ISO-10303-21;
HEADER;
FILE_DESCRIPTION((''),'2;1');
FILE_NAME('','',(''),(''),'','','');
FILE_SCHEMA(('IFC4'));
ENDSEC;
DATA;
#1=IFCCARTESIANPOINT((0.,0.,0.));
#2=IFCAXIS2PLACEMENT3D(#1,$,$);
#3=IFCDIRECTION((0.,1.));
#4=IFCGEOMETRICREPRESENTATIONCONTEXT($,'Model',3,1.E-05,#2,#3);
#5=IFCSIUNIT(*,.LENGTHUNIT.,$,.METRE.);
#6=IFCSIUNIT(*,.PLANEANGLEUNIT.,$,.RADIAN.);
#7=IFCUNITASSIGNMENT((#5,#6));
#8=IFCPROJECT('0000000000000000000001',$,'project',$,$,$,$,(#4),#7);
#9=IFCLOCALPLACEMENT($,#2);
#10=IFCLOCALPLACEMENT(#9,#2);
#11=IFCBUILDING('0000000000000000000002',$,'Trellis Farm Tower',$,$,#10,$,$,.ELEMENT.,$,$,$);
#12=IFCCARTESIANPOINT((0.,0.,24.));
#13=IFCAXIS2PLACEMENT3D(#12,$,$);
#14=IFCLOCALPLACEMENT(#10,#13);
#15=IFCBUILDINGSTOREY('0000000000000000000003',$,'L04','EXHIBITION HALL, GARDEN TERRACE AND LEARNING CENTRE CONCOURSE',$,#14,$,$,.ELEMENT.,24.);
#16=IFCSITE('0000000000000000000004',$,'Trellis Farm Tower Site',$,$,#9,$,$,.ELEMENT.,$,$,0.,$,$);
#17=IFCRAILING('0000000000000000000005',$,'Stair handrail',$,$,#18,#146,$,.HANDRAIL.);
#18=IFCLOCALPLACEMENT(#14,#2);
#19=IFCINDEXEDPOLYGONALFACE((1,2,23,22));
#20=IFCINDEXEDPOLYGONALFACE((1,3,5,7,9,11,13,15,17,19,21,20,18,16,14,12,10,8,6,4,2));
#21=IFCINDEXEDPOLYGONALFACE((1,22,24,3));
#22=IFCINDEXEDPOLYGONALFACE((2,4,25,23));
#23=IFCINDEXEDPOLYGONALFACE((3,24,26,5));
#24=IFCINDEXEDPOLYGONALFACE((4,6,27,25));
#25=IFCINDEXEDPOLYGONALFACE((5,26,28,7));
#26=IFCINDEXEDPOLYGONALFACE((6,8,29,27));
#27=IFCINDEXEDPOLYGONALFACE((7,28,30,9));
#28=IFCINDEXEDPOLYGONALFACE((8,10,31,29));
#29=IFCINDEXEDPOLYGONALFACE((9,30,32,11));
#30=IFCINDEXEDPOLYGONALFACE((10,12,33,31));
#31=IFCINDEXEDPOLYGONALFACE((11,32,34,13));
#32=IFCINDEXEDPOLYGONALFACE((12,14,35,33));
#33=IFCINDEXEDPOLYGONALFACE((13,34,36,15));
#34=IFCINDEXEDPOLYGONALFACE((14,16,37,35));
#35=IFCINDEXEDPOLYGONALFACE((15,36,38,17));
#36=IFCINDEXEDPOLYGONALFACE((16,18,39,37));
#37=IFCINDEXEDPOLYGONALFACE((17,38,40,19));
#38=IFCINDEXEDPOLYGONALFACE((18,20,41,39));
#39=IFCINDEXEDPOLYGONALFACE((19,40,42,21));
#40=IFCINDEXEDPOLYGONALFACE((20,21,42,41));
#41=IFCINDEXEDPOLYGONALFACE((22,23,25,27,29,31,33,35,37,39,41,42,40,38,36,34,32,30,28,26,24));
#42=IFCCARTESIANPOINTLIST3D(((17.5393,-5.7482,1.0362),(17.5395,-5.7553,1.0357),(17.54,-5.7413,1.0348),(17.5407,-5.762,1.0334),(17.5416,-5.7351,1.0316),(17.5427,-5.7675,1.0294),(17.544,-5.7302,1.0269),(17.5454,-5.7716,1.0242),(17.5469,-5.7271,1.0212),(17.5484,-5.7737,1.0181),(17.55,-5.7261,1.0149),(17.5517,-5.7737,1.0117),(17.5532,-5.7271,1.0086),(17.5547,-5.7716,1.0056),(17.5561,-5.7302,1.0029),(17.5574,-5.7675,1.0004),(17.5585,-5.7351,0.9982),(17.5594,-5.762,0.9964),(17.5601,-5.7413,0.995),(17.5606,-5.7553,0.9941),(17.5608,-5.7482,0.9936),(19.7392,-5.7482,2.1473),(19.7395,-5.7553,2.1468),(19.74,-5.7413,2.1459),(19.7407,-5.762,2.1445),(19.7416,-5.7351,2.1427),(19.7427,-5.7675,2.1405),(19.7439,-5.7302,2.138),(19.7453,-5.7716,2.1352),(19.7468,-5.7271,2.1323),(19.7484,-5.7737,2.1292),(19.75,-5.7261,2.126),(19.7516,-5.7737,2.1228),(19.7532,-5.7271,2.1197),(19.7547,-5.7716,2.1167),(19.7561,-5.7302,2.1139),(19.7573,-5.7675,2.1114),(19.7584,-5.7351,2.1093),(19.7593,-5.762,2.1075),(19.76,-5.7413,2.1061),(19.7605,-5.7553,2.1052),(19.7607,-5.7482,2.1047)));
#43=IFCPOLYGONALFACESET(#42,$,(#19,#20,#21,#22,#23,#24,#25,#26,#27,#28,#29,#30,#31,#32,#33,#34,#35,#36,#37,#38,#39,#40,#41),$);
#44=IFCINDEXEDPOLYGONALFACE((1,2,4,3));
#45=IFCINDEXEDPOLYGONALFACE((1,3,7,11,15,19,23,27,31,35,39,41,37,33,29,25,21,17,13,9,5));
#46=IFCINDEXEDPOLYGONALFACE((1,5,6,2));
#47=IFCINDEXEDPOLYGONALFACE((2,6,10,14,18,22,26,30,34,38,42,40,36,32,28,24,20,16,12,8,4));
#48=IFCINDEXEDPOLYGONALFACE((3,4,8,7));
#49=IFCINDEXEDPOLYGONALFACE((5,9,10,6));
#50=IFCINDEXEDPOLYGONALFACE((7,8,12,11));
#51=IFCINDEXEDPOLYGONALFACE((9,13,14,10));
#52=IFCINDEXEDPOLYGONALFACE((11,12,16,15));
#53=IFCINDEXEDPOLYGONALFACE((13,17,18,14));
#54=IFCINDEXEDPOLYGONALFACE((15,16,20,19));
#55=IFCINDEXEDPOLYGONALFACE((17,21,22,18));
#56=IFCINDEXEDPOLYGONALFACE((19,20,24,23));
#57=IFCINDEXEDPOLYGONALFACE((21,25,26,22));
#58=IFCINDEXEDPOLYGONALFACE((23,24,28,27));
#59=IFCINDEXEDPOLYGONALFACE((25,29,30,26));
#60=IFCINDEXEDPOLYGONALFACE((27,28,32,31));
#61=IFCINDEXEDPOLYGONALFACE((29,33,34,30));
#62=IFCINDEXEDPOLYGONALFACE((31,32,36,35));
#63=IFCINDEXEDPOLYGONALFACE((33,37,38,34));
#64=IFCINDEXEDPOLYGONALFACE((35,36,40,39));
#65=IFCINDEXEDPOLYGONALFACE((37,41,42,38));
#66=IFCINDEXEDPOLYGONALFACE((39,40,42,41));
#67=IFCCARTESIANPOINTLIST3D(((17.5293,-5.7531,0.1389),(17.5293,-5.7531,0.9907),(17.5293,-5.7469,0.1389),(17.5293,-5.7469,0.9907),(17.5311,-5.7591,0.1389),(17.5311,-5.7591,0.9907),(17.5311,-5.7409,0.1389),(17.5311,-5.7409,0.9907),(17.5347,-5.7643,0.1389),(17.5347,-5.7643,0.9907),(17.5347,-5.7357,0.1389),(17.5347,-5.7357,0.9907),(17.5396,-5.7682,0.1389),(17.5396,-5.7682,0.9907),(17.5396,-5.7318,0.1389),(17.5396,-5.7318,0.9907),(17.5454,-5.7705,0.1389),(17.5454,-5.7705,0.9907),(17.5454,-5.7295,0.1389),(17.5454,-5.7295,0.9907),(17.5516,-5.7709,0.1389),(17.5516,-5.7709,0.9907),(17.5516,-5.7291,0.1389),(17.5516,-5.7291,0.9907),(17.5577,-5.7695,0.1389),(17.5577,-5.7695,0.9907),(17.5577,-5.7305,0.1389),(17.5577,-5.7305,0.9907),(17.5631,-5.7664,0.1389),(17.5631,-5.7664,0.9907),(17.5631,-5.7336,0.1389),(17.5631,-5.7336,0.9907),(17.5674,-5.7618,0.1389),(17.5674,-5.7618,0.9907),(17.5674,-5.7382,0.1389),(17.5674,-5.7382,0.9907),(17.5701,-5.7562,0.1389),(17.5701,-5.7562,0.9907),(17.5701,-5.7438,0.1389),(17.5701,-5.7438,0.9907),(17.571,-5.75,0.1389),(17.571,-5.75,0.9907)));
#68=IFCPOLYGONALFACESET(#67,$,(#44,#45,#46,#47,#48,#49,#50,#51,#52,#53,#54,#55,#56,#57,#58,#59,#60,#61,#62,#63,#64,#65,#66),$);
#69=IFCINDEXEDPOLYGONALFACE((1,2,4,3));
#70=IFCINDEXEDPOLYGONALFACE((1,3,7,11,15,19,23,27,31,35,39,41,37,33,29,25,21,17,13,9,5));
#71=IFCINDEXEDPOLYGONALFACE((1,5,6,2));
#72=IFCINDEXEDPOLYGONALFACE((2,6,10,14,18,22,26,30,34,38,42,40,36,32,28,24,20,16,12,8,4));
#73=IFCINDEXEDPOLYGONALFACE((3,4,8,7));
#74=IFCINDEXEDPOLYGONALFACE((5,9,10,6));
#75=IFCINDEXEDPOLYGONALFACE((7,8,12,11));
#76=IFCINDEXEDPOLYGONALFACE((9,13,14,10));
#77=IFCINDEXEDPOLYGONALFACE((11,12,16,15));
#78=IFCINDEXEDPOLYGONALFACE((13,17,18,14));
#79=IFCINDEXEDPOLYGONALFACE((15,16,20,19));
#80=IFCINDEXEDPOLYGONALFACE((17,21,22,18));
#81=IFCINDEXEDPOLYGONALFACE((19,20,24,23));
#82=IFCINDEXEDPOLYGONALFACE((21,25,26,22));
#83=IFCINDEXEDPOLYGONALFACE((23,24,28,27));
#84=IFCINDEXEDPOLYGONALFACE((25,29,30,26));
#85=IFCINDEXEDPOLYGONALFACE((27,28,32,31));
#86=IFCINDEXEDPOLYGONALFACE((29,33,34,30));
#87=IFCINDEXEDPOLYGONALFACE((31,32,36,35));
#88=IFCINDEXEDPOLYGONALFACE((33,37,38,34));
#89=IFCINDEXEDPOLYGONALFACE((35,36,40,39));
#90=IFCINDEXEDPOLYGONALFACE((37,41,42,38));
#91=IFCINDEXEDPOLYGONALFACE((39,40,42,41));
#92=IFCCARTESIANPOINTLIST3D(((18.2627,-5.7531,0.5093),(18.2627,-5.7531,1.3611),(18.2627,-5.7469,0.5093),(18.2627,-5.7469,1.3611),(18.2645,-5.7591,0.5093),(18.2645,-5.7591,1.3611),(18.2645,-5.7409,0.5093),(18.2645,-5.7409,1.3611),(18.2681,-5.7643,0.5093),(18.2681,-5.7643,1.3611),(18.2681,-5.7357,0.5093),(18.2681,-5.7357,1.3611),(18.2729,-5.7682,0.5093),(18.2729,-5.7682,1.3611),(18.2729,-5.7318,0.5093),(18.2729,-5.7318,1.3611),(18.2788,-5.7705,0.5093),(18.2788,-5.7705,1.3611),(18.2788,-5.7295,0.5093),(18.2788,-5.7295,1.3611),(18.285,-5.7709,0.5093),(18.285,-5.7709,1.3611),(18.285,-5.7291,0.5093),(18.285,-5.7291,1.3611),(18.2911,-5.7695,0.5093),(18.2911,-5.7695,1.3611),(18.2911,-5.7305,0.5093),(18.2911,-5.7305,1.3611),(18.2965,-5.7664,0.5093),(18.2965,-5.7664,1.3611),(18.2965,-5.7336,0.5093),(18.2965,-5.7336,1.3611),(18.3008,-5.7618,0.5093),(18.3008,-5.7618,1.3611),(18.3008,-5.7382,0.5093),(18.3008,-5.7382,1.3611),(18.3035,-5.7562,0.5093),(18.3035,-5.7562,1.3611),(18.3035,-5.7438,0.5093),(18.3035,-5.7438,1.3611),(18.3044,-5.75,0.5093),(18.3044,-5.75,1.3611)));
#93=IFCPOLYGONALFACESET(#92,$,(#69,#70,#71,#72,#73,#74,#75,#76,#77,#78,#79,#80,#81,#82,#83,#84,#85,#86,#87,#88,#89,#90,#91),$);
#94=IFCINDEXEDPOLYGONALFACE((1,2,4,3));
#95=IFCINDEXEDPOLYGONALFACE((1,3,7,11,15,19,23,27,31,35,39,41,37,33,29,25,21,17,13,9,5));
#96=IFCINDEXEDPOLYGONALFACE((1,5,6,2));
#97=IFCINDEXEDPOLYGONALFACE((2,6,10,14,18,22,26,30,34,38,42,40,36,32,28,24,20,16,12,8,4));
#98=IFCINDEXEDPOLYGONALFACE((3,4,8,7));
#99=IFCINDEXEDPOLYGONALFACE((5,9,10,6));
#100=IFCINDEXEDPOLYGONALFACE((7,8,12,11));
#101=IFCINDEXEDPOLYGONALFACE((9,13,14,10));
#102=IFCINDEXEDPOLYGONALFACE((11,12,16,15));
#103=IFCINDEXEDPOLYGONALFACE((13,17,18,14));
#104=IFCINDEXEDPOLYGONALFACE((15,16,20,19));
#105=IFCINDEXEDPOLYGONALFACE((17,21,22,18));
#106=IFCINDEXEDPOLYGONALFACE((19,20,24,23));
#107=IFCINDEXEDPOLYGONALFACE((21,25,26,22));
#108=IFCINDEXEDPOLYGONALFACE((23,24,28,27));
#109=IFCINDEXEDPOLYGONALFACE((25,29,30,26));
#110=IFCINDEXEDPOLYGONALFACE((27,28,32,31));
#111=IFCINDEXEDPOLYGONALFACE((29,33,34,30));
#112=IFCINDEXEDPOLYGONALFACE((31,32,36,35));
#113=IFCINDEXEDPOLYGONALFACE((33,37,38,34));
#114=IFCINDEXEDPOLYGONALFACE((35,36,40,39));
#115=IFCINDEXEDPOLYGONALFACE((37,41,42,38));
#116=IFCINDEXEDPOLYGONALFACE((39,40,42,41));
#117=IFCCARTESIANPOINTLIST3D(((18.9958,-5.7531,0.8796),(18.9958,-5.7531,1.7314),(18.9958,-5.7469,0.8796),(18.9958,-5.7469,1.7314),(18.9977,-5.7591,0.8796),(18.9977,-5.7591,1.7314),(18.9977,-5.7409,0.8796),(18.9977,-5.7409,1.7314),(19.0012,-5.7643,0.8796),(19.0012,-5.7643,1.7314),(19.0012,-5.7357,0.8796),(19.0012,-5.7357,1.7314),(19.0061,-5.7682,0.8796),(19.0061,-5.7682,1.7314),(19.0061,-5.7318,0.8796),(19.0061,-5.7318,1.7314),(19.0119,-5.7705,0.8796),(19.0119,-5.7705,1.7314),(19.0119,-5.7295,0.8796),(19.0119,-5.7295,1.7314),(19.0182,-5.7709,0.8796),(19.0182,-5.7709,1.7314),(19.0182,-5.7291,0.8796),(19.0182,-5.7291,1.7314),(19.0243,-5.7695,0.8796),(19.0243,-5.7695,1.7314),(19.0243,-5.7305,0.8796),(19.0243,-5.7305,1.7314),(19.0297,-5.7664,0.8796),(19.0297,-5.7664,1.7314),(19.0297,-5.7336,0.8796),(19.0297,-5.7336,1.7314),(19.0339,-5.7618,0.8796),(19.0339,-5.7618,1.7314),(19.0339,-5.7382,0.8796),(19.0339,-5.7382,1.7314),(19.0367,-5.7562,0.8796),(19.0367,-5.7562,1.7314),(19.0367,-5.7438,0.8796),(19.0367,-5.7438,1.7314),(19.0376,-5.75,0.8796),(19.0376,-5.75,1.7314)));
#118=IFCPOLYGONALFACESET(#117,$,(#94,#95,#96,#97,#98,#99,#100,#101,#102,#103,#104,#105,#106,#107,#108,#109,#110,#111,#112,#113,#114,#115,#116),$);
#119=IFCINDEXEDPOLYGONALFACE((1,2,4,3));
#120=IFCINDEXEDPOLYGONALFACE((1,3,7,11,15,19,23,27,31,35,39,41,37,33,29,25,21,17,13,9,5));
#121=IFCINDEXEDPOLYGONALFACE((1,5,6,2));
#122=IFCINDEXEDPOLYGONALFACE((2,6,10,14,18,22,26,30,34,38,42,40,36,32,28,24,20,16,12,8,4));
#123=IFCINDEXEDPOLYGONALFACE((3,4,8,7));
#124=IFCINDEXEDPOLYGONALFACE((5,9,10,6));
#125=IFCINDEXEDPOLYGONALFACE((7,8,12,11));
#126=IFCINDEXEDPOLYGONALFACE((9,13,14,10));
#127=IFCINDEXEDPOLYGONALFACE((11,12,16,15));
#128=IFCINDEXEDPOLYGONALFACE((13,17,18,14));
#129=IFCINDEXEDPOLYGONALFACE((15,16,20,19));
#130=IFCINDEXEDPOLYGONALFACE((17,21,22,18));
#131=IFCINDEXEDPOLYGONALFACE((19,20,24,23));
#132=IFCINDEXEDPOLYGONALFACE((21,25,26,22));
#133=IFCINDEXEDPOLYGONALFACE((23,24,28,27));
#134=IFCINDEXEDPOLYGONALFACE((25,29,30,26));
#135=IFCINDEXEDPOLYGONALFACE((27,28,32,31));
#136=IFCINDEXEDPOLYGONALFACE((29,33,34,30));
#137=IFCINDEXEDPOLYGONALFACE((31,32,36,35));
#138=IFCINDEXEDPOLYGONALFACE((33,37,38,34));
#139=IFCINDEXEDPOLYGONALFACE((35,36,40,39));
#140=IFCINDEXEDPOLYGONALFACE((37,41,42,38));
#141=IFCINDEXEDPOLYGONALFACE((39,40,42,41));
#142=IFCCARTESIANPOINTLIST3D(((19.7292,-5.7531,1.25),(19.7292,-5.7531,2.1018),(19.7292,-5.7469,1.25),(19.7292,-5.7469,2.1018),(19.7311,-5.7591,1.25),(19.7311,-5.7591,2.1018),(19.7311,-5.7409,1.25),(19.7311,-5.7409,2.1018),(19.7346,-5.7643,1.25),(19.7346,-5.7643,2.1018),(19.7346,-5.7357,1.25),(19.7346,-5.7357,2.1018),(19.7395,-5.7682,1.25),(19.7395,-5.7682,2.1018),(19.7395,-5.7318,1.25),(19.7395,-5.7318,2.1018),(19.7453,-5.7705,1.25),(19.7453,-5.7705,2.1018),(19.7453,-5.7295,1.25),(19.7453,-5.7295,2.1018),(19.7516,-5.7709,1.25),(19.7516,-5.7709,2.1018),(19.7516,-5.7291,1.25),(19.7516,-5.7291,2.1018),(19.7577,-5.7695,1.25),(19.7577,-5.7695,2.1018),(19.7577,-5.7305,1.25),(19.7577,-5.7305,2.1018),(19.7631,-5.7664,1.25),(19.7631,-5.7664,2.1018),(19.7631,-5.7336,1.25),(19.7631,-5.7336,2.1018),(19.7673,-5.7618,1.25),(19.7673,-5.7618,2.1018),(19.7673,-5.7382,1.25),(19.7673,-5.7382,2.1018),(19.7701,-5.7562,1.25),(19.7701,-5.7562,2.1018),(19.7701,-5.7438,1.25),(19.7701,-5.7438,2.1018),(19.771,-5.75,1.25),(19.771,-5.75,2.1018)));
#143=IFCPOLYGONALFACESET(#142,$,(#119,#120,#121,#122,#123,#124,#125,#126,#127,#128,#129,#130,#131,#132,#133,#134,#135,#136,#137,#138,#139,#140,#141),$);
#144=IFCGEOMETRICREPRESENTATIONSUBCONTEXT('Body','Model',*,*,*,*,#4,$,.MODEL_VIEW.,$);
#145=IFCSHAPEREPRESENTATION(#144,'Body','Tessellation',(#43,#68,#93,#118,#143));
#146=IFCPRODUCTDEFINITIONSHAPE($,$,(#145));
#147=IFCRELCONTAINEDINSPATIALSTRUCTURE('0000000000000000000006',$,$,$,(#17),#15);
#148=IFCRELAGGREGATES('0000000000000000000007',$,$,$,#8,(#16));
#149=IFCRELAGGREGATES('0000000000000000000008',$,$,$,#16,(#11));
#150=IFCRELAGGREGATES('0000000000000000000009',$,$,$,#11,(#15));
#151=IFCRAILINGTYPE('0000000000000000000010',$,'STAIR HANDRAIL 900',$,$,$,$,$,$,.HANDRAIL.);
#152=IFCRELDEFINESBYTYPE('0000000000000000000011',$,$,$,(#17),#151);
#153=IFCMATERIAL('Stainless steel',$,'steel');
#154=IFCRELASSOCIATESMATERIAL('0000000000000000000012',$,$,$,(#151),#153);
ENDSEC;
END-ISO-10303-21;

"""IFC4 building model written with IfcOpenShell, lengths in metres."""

from ifc_helpers import new_model, si_unit, direction, frame, origin, origin_2d, place, context, subcontext, project, spatial, circle, extrude, source, transform, mapped, material, type_object, element, save


model = new_model("IFC4")

# Units and contexts
model_context = context("Model", 3, precision=1e-05, world=origin(), true_north=direction((0.0, 1.0)))
body_context = subcontext(model_context, "Body", "Model", "MODEL_VIEW")
ifc_project = project(units=[si_unit("LENGTHUNIT", "METRE"), si_unit("PLANEANGLEUNIT", "RADIAN")], contexts=[model_context])

# Site, building, storey
site_placement = place(None, origin())
site = spatial("IfcSite", under=ifc_project, at=site_placement, Name="Trellis Farm Tower Site", CompositionType="ELEMENT", RefElevation=0.0)
building_placement = place(site_placement, origin())
building = spatial("IfcBuilding", under=site, at=building_placement, Name="Trellis Farm Tower", CompositionType="ELEMENT")
storey_placement = place(building_placement, frame((0.0, 0.0, 24.0)))
storey = spatial("IfcBuildingStorey", under=building, at=storey_placement, Name="L04", Description="EXHIBITION HALL, GARDEN TERRACE AND LEARNING CENTRE CONCOURSE", CompositionType="ELEMENT", Elevation=24.0)

# Railing
ifc_material_1 = material(Name="Stainless steel", Category="steel")
railing_type = type_object("IfcRailingType", Name="STAIR HANDRAIL 900", PredefinedType="HANDRAIL", material=ifc_material_1)
shared_shape_1 = source(origin(), body_context, "Body", "SweptSolid", [
    extrude(circle(Radius=0.0239, at=origin_2d()), frame((0.0, 0.0, 0.876), z_axis=(0.892617, 0.0, 0.450816), x_axis=(0.0, 1.0, 0.0)), (0.0, 0.0, 1.0), 2.4646),
    extrude(circle(Radius=0.021, at=origin_2d()), origin(), (0.0, 0.0, 1.0), 0.8518),
    extrude(circle(Radius=0.021, at=origin_2d()), frame((0.7334, 0.0, 0.3704)), (0.0, 0.0, 1.0), 0.8518),
    extrude(circle(Radius=0.021, at=origin_2d()), frame((1.4666, 0.0, 0.7407)), (0.0, 0.0, 1.0), 0.8518),
    extrude(circle(Radius=0.021, at=origin_2d()), frame((2.2, 0.0, 1.1111)), (0.0, 0.0, 1.0), 0.8518),
])
for number, where, name in (
    (1, (17.55, -5.75, 0.1389), "Stair handrail"),
):
    element("IfcRailing", number, at=place(storey_placement, frame(where)), inside=storey, type_object=railing_type, Name=name, PredefinedType="HANDRAIL", context=body_context, shape_type="MappedRepresentation", body=[
        mapped(shared_shape_1, transform((0.0, 0.0, 0.0))),
    ])

save(model, "model.ifc")
